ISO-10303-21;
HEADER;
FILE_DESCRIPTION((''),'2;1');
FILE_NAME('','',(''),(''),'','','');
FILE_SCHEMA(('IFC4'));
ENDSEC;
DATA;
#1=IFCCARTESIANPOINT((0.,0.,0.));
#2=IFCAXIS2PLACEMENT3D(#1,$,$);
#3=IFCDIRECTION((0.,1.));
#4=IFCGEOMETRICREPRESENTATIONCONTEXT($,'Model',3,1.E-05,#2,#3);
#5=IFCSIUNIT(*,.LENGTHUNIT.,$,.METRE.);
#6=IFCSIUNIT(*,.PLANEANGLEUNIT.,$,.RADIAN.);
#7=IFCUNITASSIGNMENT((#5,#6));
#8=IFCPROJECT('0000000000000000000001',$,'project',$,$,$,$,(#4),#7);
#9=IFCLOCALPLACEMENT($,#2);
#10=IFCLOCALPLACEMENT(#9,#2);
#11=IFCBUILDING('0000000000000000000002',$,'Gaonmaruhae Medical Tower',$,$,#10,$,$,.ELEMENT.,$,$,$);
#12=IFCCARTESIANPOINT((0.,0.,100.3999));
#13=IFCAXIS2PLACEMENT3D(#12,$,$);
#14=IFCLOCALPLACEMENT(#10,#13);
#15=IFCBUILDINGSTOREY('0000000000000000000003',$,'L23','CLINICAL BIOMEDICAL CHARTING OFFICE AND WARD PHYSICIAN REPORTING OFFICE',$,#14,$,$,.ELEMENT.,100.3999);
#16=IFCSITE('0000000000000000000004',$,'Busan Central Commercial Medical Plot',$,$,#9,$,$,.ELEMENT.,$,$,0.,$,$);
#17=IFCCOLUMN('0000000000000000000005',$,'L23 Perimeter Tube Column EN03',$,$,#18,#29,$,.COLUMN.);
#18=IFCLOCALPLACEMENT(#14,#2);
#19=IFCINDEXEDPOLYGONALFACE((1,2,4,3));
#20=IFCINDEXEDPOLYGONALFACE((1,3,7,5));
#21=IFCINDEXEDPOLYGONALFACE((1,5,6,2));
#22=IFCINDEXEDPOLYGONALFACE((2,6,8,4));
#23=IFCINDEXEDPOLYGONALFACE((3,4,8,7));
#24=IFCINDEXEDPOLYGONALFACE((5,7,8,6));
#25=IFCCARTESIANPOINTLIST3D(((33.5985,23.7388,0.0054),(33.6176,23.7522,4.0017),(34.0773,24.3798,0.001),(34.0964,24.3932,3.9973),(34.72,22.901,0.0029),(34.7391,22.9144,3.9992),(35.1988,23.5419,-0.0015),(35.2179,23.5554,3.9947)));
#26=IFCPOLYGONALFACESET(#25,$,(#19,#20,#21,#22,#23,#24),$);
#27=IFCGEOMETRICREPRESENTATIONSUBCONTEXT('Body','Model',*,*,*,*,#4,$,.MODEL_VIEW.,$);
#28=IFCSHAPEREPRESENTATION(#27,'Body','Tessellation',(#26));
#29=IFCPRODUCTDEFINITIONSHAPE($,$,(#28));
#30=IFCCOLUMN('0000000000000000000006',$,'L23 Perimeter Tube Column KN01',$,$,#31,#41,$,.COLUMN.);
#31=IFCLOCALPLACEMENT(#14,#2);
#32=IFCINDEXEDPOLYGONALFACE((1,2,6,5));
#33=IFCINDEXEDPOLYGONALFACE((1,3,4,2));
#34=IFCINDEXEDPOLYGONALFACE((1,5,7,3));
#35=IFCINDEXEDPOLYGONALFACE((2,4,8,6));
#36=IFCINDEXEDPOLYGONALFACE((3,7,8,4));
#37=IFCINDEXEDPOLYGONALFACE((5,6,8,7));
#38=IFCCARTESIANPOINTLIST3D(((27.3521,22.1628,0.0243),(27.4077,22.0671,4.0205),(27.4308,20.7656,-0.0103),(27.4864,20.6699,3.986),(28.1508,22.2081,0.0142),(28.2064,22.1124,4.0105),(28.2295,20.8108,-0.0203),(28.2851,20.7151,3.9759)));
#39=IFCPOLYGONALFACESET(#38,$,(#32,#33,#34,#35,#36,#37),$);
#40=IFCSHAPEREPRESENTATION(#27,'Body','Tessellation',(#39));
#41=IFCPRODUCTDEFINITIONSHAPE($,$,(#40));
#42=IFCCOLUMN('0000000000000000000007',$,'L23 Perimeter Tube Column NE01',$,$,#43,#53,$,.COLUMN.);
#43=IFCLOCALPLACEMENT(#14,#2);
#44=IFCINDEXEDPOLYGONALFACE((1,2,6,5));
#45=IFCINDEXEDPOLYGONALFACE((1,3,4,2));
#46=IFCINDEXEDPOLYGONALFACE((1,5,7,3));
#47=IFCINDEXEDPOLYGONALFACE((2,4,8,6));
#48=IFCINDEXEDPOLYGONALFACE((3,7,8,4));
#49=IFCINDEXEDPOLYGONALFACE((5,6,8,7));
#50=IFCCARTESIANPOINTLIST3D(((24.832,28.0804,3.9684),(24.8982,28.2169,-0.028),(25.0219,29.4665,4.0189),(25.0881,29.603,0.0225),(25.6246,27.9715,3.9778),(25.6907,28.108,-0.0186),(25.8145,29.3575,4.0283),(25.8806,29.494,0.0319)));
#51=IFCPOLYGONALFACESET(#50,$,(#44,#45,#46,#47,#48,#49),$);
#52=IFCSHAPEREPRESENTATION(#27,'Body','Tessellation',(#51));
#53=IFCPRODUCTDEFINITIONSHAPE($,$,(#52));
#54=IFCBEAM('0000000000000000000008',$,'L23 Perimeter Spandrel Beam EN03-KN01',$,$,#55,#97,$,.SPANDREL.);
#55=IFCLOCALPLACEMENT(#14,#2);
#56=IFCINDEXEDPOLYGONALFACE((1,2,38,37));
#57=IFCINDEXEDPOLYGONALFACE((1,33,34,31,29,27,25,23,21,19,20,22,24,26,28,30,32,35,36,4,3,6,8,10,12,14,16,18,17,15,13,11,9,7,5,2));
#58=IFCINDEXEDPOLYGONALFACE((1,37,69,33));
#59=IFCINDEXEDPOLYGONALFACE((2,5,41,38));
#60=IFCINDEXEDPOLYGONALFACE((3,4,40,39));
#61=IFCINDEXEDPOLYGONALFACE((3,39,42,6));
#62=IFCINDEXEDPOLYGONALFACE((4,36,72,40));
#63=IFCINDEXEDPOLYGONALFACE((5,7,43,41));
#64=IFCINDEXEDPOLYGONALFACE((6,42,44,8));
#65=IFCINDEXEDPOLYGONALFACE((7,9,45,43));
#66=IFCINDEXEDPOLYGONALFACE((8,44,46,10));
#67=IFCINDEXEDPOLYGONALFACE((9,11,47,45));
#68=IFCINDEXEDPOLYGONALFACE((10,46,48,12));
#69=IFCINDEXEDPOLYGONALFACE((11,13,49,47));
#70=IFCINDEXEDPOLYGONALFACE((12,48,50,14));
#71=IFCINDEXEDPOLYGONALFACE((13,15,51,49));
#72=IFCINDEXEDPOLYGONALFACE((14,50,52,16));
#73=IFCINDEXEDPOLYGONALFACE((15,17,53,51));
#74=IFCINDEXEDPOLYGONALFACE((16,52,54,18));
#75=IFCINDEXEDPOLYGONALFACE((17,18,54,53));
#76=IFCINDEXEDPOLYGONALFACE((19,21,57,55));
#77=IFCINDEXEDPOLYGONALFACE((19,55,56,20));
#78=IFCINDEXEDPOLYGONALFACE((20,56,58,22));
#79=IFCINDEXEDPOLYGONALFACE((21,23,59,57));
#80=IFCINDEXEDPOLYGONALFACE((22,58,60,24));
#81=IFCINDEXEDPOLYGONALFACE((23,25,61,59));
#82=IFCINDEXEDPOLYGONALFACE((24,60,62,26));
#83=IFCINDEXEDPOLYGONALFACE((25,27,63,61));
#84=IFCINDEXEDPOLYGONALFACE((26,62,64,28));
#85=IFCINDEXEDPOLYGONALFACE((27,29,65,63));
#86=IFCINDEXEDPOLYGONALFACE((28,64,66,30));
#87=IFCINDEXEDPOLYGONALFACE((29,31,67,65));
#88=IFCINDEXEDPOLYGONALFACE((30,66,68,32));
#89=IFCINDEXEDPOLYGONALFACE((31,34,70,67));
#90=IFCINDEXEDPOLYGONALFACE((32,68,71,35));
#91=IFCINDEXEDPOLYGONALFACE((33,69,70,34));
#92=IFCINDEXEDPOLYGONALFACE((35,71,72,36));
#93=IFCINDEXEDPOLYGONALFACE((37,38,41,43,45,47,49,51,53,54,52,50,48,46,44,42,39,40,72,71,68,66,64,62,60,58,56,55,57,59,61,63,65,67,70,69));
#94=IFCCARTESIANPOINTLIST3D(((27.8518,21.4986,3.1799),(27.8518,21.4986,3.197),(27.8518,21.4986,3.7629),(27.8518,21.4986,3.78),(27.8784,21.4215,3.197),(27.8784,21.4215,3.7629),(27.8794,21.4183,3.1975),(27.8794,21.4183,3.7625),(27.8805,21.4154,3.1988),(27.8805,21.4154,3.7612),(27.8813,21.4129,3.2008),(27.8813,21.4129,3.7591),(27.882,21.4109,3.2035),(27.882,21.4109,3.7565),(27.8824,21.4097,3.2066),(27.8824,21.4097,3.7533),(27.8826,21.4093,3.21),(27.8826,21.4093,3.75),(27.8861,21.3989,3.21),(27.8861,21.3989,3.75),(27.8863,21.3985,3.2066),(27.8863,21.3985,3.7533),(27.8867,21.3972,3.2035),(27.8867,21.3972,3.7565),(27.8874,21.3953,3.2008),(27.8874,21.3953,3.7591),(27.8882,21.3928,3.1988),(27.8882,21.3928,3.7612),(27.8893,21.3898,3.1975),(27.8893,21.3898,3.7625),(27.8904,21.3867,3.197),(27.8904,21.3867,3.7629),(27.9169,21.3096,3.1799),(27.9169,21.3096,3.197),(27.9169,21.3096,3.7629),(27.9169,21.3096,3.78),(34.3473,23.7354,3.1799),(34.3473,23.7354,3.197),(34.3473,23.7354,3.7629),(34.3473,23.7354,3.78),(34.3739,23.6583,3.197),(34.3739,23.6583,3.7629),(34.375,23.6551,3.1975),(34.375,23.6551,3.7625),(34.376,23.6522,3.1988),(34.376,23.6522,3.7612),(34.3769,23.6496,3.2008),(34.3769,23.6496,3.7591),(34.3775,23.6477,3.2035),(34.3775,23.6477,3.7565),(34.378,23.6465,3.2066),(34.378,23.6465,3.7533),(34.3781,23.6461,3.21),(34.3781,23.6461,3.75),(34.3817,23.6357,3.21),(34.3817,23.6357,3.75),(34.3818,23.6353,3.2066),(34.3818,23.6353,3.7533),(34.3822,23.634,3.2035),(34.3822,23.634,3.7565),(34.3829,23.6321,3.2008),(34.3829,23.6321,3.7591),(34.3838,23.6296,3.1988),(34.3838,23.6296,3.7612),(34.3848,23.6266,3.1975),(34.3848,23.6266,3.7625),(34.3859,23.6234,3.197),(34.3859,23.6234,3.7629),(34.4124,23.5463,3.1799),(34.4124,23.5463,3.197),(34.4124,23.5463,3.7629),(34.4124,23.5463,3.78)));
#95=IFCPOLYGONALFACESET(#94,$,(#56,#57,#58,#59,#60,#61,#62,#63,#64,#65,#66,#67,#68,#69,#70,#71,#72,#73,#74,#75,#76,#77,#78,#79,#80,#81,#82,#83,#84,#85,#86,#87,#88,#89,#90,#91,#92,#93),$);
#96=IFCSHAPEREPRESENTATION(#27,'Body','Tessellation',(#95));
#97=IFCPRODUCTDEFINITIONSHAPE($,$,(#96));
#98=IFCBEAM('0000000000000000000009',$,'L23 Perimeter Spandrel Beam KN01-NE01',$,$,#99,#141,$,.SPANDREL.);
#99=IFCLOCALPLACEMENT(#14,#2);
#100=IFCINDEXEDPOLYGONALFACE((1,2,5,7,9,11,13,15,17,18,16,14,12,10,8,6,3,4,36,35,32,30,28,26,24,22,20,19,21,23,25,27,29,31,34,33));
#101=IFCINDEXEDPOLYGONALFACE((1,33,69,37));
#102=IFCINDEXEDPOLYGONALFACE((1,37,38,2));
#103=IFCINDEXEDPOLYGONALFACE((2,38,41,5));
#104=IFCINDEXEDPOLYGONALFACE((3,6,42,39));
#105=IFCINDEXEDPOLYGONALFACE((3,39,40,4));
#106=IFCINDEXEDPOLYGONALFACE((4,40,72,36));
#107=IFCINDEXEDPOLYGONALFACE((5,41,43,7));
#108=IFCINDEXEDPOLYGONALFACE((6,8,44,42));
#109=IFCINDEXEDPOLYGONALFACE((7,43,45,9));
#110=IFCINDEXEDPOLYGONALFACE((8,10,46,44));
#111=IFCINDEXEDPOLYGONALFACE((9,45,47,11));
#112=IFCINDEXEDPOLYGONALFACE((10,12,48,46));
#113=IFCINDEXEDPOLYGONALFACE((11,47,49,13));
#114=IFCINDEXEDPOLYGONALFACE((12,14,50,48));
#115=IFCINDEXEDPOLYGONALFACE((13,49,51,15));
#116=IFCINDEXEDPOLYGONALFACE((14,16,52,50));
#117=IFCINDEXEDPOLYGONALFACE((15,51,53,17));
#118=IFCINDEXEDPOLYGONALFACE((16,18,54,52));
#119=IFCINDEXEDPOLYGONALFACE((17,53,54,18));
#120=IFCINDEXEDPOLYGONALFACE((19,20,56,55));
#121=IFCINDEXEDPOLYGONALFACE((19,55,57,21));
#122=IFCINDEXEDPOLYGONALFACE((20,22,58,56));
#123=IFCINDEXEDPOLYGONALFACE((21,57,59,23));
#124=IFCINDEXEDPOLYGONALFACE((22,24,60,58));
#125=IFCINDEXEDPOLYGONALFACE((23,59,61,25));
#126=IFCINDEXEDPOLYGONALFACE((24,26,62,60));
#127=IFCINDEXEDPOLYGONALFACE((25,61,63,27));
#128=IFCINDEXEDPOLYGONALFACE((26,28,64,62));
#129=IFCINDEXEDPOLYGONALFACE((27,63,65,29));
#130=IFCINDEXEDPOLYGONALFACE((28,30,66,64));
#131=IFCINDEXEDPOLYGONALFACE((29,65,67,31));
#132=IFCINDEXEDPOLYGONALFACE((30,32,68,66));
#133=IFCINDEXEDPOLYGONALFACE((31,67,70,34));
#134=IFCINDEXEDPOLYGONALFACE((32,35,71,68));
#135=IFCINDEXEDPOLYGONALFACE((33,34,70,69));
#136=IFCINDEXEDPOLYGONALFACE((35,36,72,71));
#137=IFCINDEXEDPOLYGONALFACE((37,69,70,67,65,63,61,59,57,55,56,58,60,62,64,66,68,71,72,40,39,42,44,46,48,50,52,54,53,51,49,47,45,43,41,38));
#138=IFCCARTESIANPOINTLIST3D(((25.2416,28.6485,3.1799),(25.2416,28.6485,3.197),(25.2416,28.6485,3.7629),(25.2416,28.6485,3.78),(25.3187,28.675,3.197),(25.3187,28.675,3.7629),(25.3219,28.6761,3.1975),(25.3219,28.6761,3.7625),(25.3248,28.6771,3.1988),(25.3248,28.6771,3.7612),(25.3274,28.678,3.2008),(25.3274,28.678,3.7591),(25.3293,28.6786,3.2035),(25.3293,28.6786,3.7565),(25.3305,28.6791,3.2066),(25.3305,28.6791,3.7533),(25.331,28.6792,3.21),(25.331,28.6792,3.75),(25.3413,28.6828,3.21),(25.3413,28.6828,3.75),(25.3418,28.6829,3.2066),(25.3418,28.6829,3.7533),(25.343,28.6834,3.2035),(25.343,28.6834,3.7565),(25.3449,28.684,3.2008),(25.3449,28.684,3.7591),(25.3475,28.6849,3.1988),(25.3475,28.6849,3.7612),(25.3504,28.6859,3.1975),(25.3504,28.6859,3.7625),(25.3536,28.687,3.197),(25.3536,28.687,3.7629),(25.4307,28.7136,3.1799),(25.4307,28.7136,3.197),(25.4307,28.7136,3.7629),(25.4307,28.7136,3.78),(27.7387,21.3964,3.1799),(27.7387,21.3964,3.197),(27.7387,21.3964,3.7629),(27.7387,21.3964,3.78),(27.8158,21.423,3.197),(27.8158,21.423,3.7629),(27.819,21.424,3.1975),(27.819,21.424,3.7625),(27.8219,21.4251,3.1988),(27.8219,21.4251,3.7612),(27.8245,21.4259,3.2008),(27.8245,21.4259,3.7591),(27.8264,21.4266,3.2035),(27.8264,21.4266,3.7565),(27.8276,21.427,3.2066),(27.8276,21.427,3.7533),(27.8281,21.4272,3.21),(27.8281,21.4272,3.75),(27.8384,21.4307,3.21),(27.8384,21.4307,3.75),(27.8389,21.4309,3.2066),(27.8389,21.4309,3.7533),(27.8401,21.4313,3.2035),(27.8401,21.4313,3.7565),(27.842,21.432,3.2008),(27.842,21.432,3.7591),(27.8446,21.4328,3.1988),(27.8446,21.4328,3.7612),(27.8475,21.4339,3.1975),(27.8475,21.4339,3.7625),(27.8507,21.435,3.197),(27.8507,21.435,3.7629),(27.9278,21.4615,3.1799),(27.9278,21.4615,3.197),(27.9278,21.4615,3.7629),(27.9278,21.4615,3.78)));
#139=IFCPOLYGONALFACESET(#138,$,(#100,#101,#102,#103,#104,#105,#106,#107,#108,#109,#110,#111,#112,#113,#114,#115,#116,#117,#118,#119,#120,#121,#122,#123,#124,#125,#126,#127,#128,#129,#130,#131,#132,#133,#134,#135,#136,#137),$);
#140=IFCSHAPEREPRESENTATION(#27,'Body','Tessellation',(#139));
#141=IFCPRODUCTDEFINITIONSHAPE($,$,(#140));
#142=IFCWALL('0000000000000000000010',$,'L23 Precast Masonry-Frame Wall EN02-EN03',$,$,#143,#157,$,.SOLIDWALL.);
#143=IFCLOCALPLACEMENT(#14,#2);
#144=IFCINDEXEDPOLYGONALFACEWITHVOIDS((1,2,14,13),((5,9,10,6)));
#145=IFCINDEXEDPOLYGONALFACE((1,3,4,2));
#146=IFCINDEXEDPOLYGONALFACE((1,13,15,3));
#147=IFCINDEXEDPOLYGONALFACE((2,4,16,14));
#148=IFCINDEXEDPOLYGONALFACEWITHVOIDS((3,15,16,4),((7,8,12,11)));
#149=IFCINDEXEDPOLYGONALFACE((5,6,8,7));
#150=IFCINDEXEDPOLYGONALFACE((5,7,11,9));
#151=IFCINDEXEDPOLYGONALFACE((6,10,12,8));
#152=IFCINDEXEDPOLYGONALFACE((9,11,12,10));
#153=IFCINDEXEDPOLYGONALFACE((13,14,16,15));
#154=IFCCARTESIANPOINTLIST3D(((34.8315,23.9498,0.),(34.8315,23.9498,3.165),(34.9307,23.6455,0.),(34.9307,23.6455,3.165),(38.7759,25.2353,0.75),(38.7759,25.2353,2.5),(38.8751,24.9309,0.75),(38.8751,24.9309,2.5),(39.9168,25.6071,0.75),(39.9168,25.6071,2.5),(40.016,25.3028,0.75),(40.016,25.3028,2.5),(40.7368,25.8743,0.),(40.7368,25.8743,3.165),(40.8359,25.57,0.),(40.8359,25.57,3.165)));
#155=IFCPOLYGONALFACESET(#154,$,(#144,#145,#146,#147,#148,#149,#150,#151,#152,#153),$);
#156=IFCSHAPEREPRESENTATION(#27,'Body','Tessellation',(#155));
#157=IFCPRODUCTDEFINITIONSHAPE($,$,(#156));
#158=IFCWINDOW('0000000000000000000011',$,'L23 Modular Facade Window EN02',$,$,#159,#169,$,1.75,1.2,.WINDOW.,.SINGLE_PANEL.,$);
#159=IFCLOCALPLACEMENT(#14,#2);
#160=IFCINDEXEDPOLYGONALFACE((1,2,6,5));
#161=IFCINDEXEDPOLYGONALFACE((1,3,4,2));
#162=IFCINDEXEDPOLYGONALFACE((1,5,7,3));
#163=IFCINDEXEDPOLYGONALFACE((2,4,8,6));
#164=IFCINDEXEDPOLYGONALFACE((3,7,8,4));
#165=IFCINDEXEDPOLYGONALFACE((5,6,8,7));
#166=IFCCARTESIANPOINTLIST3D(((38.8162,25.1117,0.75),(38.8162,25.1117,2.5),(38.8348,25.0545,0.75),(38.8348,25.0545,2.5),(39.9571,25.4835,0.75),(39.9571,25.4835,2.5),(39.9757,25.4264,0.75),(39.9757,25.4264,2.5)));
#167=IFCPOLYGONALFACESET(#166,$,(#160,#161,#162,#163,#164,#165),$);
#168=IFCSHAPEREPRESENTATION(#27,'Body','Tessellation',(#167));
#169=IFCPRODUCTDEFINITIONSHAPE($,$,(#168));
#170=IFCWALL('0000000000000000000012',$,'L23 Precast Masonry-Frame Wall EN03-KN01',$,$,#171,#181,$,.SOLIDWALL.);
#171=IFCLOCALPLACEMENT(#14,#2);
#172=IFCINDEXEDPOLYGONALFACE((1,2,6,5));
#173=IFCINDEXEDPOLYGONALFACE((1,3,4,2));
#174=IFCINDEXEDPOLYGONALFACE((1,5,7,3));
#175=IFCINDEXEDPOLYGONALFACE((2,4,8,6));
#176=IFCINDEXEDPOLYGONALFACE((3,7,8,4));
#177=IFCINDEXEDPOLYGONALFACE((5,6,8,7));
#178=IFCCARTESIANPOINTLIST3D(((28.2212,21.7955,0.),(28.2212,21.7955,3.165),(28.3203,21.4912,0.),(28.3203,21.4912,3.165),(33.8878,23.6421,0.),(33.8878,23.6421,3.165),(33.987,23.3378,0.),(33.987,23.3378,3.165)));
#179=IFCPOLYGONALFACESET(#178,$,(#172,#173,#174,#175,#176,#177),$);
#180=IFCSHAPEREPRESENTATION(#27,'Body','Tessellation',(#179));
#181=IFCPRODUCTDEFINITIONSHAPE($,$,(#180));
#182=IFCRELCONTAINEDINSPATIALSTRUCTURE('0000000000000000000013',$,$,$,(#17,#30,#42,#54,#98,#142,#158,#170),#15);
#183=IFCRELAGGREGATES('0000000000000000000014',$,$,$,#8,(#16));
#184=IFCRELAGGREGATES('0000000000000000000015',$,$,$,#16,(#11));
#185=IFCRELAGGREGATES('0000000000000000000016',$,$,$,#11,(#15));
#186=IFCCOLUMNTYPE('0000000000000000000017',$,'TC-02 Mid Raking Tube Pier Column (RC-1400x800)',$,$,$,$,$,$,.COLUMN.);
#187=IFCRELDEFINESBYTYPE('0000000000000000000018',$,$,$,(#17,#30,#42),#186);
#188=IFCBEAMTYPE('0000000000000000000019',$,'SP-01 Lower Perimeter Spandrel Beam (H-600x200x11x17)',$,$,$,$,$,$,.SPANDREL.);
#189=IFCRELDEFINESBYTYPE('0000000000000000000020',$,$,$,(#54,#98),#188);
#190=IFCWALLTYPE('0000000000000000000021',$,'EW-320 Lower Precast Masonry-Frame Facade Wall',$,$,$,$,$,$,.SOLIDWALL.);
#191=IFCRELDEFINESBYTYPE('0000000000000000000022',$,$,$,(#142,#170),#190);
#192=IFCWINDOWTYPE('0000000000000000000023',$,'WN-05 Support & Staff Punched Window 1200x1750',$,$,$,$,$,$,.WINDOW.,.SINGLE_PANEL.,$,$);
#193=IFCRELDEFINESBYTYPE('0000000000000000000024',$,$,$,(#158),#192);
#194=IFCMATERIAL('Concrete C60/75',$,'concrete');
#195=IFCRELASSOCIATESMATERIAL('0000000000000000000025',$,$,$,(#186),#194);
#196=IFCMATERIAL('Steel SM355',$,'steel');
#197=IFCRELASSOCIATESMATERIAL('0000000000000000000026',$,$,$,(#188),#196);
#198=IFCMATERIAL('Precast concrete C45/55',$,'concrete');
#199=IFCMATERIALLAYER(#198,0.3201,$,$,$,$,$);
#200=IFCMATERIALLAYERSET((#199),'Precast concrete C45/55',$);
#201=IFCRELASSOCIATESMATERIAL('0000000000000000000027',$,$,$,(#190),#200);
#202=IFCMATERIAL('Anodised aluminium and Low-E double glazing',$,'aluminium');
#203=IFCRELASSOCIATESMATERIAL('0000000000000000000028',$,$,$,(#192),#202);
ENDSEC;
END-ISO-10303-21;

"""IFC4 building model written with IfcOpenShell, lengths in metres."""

from ifc_helpers import new_model, si_unit, direction, frame, frame_2d, origin, origin_2d, place, context, subcontext, project, spatial, rectangle, i_section, extrude, material, layer, layer_set, material_profile, profile_set, type_object, element, fill, save


model = new_model("IFC4")

# Units and contexts
model_context = context("Model", 3, precision=1e-05, world=origin(), true_north=direction((0.0, 1.0)))
body_context = subcontext(model_context, "Body", "Model", "MODEL_VIEW")
ifc_project = project(units=[si_unit("LENGTHUNIT", "METRE"), si_unit("PLANEANGLEUNIT", "RADIAN")], contexts=[model_context])

# Site, building, storey
site_placement = place(None, origin())
site = spatial("IfcSite", under=ifc_project, at=site_placement, Name="Busan Central Commercial Medical Plot", CompositionType="ELEMENT", RefElevation=0.0)
building_placement = place(site_placement, origin())
building = spatial("IfcBuilding", under=site, at=building_placement, Name="Gaonmaruhae Medical Tower", CompositionType="ELEMENT")
storey_placement = place(building_placement, frame((0.0, 0.0, 100.3999)))
storey = spatial("IfcBuildingStorey", under=building, at=storey_placement, Name="L23", Description="CLINICAL BIOMEDICAL CHARTING OFFICE AND WARD PHYSICIAN REPORTING OFFICE", CompositionType="ELEMENT", Elevation=100.3999)

# Columns
ifc_material_1 = material(Name="Concrete C60/75", Category="concrete")
ifc_material_profile_1 = material_profile(ifc_material_1, rectangle(XDim=1.3999, YDim=0.8, at=origin_2d()), Name="RC-1400x800")
ifc_profile_set_1 = profile_set([ifc_material_profile_1], Name="Concrete C60/75")
column_type = type_object("IfcColumnType", Name="TC-02 Mid Raking Tube Pier Column (RC-1400x800)", PredefinedType="COLUMN", material=ifc_profile_set_1)
column_1_placement = place(storey_placement, frame((34.3987, 23.6404, 0.002), z_axis=(0.004765, 0.00336, 0.999983), x_axis=(-0.801132, 0.598485, 0.001807)))
element("IfcColumn", 1, at=column_1_placement, inside=storey, type_object=column_type, Name="L23 Perimeter Tube Column EN03", PredefinedType="COLUMN", context=body_context, shape_type="SweptSolid", body=[
    extrude(rectangle(XDim=1.3999, YDim=0.8, at=origin_2d()), origin(), (0.0, 0.0, 1.0), 3.9963),
])
column_2_placement = place(storey_placement, frame((27.7908, 21.4868, 0.002), z_axis=(0.013923, -0.023939, 0.999616), x_axis=(-0.056237, 0.998112, 0.024686)))
element("IfcColumn", 2, at=column_2_placement, inside=storey, type_object=column_type, Name="L23 Perimeter Tube Column KN01", PredefinedType="COLUMN", context=body_context, shape_type="SweptSolid", body=[
    extrude(rectangle(XDim=1.3999, YDim=0.8, at=origin_2d()), origin(), (0.0, 0.0, 1.0), 3.9978),
])
column_3_placement = place(storey_placement, frame((25.3894, 28.8555, 0.002), z_axis=(-0.016544, -0.034125, 0.999281), x_axis=(0.135657, 0.9901, 0.036058)))
element("IfcColumn", 3, at=column_3_placement, inside=storey, type_object=column_type, Name="L23 Perimeter Tube Column NE01", PredefinedType="COLUMN", context=body_context, shape_type="SweptSolid", body=[
    extrude(rectangle(XDim=1.3999, YDim=0.8, at=origin_2d()), origin(), (0.0, 0.0, 1.0), 3.9993),
])

# Beams
ifc_material_2 = material(Name="Steel SM355", Category="steel")
ifc_material_profile_2 = material_profile(ifc_material_2, i_section(OverallWidth=0.2, OverallDepth=0.6001, WebThickness=0.011, FlangeThickness=0.0171, FilletRadius=0.0129, at=origin_2d()), Name="H-600x200x11x17")
ifc_profile_set_2 = profile_set([ifc_material_profile_2], Name="Steel SM355")
beam_type = type_object("IfcBeamType", Name="SP-01 Lower Perimeter Spandrel Beam (H-600x200x11x17)", PredefinedType="SPANDREL", material=ifc_profile_set_2)
beam_1_placement = place(storey_placement, frame((34.3799, 23.6409, 3.48), z_axis=(-0.94551, -0.325594, 0.0), x_axis=(0.325594, -0.94551, 0.0)))
element("IfcBeam", 4, at=beam_1_placement, inside=storey, type_object=beam_type, Name="L23 Perimeter Spandrel Beam EN03-KN01", PredefinedType="SPANDREL", context=body_context, shape_type="SweptSolid", body=[
    extrude(i_section(OverallWidth=0.2, OverallDepth=0.6001, WebThickness=0.011, FlangeThickness=0.0171, FilletRadius=0.0129, at=origin_2d()), origin(), (0.0, 0.0, 1.0), 6.8699),
])
beam_2_placement = place(storey_placement, frame((27.8333, 21.429, 3.48), z_axis=(-0.325571, 0.945518, 0.0), x_axis=(-0.945518, -0.325571, 0.0)))
element("IfcBeam", 5, at=beam_2_placement, inside=storey, type_object=beam_type, Name="L23 Perimeter Spandrel Beam KN01-NE01", PredefinedType="SPANDREL", context=body_context, shape_type="SweptSolid", body=[
    extrude(i_section(OverallWidth=0.2, OverallDepth=0.6001, WebThickness=0.011, FlangeThickness=0.0171, FilletRadius=0.0129, at=origin_2d()), origin(), (0.0, 0.0, 1.0), 7.6699),
])

# Wall, opening, window
ifc_material_3 = material(Name="Precast concrete C45/55", Category="concrete")
ifc_layer_1 = layer(ifc_material_3, 0.3201)
ifc_layer_set_1 = layer_set([ifc_layer_1], Name="Precast concrete C45/55")
wall_type_1 = type_object("IfcWallType", Name="EW-320 Lower Precast Masonry-Frame Facade Wall", PredefinedType="SOLIDWALL", material=ifc_layer_set_1)
wall_1_placement = place(storey_placement, frame((34.8811, 23.7976, 0.0), z_axis=(0.0, 0.0, 1.0), x_axis=(0.950781, 0.309865, 0.0)))
wall_1 = element("IfcWall", 6, at=wall_1_placement, inside=storey, type_object=wall_type_1, Name="L23 Precast Masonry-Frame Wall EN02-EN03", PredefinedType="SOLIDWALL", context=body_context, shape_type="SweptSolid", body=[
    extrude(rectangle(XDim=6.2109, YDim=0.3201, at=frame_2d((3.1055, 0.0))), origin(), (0.0, 0.0, 1.0), 3.165),
])
opening_1_placement = place(wall_1_placement, frame((4.1484, 0.0, 0.75)))
opening_1 = element("IfcOpeningElement", 7, at=opening_1_placement, cuts=wall_1, PredefinedType="OPENING", context=body_context, shape_type="SweptSolid", body=[
    extrude(rectangle(XDim=1.2, YDim=1.75, at=frame_2d((0.6001, 0.875))), frame((0.0, 0.1699, 0.0), z_axis=(0.0, -1.0, 0.0), x_axis=(1.0, 0.0, 0.0)), (0.0, 0.0, 1.0), 0.3401),
])
ifc_material_4 = material(Name="Anodised aluminium and Low-E double glazing", Category="aluminium")
window_type = type_object("IfcWindowType", Name="WN-05 Support & Staff Punched Window 1200x1750", PartitioningType="SINGLE_PANEL", PredefinedType="WINDOW", material=ifc_material_4)
window_placement = place(opening_1_placement, origin())
window = element("IfcWindow", 8, at=window_placement, inside=storey, type_object=window_type, Name="L23 Modular Facade Window EN02", OverallHeight=1.75, OverallWidth=1.2, PartitioningType="SINGLE_PANEL", PredefinedType="WINDOW", context=body_context, shape_type="SweptSolid", body=[
    extrude(rectangle(XDim=1.2, YDim=1.75, at=frame_2d((0.6001, 0.875))), frame((0.0, 0.03, 0.0), z_axis=(0.0, -1.0, 0.0), x_axis=(1.0, 0.0, 0.0)), (0.0, 0.0, 1.0), 0.0601),
])
fill(opening_1, window)

# Wall
wall_2_placement = place(storey_placement, frame((28.2708, 21.6433, 0.0), z_axis=(0.0, 0.0, 1.0), x_axis=(0.950788, 0.309843, 0.0)))
element("IfcWall", 9, at=wall_2_placement, inside=storey, type_object=wall_type_1, Name="L23 Precast Masonry-Frame Wall EN03-KN01", PredefinedType="SOLIDWALL", context=body_context, shape_type="SweptSolid", body=[
    extrude(rectangle(XDim=5.96, YDim=0.3201, at=frame_2d((2.98, 0.0))), origin(), (0.0, 0.0, 1.0), 3.165),
])

save(model, "model.ifc")
